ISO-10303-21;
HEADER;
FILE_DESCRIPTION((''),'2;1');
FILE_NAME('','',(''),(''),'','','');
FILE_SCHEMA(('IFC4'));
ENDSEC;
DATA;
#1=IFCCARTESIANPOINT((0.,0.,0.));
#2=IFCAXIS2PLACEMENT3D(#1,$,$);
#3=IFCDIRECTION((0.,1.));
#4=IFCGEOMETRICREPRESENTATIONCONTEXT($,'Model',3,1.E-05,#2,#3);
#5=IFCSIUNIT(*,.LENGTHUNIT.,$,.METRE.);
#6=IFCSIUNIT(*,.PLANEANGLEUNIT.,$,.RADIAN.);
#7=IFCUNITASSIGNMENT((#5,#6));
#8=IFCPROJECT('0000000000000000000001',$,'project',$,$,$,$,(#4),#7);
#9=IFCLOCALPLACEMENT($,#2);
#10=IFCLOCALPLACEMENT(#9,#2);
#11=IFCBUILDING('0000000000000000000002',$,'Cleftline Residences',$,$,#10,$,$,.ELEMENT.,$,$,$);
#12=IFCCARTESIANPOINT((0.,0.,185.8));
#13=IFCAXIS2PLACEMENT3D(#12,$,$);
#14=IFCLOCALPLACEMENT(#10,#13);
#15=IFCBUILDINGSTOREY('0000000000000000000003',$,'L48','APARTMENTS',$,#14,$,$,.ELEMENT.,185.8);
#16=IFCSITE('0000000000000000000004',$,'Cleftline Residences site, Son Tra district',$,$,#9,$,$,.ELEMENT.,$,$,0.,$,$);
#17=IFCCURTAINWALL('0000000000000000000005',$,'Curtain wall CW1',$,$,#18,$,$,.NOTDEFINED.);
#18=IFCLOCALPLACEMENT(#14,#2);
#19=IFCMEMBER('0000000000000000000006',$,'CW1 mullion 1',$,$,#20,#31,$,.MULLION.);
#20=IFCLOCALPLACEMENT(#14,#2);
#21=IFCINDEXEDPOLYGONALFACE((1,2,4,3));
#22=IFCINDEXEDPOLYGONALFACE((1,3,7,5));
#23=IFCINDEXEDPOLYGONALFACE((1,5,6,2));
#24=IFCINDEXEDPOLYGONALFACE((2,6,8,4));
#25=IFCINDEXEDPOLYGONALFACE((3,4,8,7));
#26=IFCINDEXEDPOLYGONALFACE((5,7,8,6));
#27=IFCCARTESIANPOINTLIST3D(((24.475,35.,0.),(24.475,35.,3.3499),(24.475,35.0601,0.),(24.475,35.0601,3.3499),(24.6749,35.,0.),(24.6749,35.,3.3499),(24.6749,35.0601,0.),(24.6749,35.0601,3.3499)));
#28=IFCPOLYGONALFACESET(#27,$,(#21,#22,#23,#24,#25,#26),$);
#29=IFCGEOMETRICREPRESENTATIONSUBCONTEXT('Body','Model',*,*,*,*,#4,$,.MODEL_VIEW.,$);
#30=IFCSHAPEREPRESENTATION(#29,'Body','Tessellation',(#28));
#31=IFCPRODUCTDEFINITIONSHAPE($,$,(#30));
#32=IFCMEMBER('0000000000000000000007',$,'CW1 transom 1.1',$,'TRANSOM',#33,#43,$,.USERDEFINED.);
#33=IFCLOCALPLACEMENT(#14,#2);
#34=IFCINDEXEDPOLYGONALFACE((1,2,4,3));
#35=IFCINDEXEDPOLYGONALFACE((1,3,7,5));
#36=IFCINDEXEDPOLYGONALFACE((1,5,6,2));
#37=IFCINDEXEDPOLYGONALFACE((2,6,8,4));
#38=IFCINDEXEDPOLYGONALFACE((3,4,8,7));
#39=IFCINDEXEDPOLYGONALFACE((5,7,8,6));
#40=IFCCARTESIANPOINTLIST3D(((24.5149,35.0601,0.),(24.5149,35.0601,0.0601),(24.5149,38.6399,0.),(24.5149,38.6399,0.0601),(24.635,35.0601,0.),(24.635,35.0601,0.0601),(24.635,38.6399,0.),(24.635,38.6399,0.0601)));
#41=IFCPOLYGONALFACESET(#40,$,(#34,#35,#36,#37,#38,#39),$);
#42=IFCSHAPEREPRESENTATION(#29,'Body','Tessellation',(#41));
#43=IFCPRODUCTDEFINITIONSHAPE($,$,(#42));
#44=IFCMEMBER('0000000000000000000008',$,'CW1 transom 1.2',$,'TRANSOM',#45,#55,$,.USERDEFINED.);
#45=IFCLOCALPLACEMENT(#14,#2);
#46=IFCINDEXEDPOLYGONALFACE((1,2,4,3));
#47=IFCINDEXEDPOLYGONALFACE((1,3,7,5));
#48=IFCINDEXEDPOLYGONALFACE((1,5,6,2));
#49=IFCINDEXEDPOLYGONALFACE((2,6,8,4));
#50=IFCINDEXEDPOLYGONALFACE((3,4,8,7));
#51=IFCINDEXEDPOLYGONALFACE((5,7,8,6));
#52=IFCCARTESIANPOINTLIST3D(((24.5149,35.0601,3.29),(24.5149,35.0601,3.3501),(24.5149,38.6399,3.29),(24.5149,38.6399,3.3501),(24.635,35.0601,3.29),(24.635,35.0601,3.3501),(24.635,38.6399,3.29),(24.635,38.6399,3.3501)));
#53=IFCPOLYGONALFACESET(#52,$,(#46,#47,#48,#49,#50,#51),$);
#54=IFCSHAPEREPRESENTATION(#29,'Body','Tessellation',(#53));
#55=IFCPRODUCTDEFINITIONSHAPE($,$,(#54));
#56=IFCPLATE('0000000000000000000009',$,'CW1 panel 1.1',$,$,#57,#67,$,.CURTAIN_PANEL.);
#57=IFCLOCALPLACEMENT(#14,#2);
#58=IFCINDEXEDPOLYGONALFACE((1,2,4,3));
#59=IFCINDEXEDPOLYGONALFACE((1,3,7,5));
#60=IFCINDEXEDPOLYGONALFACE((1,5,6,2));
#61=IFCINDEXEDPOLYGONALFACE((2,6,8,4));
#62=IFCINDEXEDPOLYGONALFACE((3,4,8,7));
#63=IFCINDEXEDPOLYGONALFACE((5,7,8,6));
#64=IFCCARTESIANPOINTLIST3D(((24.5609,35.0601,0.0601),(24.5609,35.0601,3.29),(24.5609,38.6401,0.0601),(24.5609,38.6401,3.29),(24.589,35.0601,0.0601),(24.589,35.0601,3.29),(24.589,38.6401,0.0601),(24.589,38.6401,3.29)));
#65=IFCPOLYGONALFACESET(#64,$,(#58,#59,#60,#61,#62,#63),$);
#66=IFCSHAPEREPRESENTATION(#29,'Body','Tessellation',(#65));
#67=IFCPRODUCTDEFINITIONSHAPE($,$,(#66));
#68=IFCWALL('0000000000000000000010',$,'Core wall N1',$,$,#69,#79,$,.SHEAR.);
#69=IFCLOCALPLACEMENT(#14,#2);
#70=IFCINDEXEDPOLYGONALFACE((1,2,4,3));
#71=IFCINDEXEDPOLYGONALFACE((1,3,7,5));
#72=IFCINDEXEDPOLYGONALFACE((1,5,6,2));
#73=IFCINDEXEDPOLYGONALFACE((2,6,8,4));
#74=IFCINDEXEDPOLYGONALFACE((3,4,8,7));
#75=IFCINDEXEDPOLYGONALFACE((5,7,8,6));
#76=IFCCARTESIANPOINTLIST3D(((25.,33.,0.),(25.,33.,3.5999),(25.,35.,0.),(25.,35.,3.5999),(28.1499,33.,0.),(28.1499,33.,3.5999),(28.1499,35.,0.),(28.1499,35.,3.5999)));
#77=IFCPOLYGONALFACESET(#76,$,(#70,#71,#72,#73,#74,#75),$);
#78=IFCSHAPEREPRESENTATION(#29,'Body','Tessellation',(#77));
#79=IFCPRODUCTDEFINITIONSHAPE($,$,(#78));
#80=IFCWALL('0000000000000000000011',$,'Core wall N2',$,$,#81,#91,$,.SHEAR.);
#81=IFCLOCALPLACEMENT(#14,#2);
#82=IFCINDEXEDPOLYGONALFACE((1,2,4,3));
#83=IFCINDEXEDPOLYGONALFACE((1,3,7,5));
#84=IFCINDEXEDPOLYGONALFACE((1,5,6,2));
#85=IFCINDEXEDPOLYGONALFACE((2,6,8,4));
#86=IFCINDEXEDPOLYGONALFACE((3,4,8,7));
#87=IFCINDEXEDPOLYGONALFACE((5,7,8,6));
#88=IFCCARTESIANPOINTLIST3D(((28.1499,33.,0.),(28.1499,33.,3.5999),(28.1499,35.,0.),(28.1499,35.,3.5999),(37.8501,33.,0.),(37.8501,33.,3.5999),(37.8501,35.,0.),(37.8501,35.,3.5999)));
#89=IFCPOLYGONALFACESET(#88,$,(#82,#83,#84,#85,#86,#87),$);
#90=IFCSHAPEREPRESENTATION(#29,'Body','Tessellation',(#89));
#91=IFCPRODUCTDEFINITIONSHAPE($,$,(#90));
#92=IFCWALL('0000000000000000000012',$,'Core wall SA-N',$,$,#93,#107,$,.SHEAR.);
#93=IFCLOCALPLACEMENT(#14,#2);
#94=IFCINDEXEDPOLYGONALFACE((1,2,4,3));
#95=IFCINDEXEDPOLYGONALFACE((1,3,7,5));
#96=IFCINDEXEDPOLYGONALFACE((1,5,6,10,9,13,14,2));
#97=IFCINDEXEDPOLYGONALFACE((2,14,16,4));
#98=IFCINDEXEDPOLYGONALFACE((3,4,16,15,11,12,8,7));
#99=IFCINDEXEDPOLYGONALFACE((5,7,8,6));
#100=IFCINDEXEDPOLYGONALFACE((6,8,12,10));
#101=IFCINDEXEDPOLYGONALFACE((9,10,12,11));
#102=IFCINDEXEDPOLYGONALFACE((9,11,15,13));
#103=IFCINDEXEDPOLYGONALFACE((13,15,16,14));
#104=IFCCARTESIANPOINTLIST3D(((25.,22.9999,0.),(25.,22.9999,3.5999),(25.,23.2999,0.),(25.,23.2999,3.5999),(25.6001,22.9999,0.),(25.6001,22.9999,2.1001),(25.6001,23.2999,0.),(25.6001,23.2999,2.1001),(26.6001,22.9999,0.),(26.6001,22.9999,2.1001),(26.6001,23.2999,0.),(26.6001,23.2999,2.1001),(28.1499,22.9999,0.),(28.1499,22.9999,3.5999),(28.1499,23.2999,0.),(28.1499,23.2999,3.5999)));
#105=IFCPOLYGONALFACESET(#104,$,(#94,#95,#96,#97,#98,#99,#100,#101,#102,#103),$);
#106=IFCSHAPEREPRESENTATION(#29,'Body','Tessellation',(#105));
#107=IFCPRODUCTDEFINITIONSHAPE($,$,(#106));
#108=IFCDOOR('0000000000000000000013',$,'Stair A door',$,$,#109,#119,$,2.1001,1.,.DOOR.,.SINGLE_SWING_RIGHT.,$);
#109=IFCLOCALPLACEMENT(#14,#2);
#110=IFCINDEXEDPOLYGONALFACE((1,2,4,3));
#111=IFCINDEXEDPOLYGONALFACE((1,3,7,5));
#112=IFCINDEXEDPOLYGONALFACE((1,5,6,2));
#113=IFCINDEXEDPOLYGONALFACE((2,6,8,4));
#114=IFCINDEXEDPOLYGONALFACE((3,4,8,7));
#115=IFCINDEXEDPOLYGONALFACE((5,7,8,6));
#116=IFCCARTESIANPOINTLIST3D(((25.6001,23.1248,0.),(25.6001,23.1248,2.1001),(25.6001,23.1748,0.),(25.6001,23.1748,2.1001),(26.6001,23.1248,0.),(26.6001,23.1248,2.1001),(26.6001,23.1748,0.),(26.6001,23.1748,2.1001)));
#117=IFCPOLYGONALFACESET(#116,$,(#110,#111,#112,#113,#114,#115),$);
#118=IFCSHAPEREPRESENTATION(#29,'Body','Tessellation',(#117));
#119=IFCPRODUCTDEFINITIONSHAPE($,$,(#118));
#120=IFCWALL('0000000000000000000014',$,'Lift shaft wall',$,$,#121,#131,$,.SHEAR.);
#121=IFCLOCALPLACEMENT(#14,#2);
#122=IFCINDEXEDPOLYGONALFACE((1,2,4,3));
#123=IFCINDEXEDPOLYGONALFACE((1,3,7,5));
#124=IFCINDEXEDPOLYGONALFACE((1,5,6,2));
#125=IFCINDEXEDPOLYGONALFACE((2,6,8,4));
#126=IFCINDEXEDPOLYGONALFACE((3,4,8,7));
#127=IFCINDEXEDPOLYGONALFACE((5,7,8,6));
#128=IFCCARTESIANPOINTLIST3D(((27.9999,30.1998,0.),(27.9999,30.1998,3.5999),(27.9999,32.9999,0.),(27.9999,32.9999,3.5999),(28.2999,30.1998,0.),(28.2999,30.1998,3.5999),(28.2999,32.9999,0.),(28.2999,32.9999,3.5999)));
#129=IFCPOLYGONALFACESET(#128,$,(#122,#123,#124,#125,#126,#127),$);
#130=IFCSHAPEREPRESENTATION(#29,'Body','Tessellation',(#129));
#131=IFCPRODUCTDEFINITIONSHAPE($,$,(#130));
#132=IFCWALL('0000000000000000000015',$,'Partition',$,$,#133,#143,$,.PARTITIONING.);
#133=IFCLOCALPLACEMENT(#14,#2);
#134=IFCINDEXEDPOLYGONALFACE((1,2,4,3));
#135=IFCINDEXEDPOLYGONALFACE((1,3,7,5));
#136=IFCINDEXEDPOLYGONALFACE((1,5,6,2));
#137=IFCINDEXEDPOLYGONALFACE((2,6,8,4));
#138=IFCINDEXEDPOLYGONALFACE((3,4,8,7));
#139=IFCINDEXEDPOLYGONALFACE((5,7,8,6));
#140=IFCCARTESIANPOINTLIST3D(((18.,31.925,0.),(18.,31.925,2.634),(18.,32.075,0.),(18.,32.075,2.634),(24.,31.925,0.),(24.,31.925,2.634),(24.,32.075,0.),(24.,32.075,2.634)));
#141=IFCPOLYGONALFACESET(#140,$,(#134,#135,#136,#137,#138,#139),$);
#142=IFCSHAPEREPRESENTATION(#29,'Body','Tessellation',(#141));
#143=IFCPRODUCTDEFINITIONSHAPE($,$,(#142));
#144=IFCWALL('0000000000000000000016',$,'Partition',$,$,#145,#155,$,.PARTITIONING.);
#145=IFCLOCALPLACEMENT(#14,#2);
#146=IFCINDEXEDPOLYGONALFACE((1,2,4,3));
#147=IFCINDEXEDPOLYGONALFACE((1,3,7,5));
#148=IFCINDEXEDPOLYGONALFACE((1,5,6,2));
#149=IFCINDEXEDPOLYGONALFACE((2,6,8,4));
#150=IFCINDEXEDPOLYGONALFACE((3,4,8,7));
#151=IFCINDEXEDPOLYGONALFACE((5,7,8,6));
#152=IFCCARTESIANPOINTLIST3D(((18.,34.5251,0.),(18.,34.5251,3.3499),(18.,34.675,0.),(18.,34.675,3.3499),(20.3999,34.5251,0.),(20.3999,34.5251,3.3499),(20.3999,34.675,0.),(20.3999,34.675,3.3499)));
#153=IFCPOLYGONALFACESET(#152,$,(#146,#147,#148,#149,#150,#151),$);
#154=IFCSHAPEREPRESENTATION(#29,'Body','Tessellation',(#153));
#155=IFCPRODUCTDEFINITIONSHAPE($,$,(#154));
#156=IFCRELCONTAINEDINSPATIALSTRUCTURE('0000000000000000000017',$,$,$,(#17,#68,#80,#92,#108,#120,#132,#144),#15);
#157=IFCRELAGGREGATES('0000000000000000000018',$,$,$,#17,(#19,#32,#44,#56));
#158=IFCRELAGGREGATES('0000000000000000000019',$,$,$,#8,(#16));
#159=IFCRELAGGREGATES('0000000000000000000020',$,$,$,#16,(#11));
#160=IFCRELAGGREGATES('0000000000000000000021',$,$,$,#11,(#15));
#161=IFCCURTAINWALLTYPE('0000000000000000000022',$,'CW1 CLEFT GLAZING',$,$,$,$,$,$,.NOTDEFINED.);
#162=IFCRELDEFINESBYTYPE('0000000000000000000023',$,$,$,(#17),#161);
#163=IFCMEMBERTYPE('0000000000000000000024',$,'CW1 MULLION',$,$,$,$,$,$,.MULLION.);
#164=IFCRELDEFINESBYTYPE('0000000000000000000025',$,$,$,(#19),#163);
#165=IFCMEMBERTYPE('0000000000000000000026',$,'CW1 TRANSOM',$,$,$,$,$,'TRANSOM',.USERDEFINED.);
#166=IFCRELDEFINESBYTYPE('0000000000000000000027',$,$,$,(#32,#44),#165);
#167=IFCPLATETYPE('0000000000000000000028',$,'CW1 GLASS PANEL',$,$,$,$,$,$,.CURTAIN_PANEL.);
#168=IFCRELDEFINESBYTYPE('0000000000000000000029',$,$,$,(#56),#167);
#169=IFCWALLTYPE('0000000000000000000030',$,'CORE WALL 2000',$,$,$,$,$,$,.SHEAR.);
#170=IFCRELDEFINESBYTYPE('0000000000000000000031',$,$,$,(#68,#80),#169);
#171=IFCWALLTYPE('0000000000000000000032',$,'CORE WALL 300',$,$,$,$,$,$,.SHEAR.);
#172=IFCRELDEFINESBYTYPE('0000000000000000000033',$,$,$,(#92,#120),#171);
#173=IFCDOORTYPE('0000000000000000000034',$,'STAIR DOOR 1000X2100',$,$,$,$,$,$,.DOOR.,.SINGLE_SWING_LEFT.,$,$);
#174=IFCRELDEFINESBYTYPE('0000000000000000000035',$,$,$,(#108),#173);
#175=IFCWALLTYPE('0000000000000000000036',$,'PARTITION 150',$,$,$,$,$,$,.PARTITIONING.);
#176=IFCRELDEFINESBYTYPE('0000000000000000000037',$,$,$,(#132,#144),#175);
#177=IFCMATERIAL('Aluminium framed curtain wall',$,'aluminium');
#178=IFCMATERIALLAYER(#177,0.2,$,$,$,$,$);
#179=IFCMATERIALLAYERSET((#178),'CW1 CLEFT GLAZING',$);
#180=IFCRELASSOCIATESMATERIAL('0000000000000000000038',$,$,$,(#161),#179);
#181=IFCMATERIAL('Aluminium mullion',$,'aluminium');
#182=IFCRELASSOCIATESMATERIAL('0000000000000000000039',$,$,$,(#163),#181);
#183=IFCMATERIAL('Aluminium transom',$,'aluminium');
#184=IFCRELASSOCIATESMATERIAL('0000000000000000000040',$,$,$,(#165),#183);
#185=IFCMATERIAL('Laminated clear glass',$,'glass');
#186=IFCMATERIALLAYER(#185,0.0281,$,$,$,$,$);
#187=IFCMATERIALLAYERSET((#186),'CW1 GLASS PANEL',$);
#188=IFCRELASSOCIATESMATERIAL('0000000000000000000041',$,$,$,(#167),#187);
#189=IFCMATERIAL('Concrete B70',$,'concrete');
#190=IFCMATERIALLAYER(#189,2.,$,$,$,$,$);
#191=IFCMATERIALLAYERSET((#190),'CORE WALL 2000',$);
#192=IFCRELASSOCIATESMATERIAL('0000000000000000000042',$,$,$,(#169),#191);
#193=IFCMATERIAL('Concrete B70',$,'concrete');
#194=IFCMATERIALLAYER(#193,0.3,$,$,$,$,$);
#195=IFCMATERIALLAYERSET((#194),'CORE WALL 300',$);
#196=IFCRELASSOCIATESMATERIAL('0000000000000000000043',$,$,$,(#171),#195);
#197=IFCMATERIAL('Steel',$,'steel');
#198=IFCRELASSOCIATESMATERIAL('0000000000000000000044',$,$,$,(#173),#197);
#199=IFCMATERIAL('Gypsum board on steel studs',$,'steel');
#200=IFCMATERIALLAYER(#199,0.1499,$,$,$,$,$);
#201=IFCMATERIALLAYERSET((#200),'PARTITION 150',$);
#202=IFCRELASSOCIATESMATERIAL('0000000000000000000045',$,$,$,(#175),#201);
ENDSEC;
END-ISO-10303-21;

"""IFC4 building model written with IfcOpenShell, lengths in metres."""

from ifc_helpers import new_model, si_unit, direction, frame, frame_2d, origin, origin_2d, place, context, subcontext, project, spatial, rectangle, extrude, material, layer, layer_set, material_profile, profile_set, type_object, element, fill, aggregate, save


model = new_model("IFC4")

# Units and contexts
model_context = context("Model", 3, precision=1e-05, world=origin(), true_north=direction((0.0, 1.0)))
body_context = subcontext(model_context, "Body", "Model", "MODEL_VIEW")
ifc_project = project(units=[si_unit("LENGTHUNIT", "METRE"), si_unit("PLANEANGLEUNIT", "RADIAN")], contexts=[model_context])

# Site, building, storey
site_placement = place(None, origin())
site = spatial("IfcSite", under=ifc_project, at=site_placement, Name="Cleftline Residences site, Son Tra district", CompositionType="ELEMENT", RefElevation=0.0)
building_placement = place(site_placement, origin())
building = spatial("IfcBuilding", under=site, at=building_placement, Name="Cleftline Residences", CompositionType="ELEMENT")
storey_placement = place(building_placement, frame((0.0, 0.0, 185.8)))
storey = spatial("IfcBuildingStorey", under=building, at=storey_placement, Name="L48", Description="APARTMENTS", CompositionType="ELEMENT", Elevation=185.8)

# Curtain wall, members, plate
ifc_material_1 = material(Name="Aluminium framed curtain wall", Category="aluminium")
ifc_layer_1 = layer(ifc_material_1, 0.2)
ifc_layer_set_1 = layer_set([ifc_layer_1], Name="CW1 CLEFT GLAZING")
curtain_wall_type = type_object("IfcCurtainWallType", Name="CW1 CLEFT GLAZING", PredefinedType="NOTDEFINED", material=ifc_layer_set_1)
curtain_wall_placement = place(storey_placement, origin())
curtain_wall = element("IfcCurtainWall", 1, at=curtain_wall_placement, inside=storey, type_object=curtain_wall_type, Name="Curtain wall CW1", PredefinedType="NOTDEFINED")
ifc_material_2 = material(Name="Aluminium mullion", Category="aluminium")
ifc_material_profile_1 = material_profile(ifc_material_2, rectangle(XDim=0.2, YDim=0.0601, at=origin_2d()))
ifc_profile_set_1 = profile_set([ifc_material_profile_1], Name="Aluminium mullion")
member_type_1 = type_object("IfcMemberType", Name="CW1 MULLION", PredefinedType="MULLION", material=ifc_profile_set_1)
member_1_placement = place(storey_placement, frame((24.575, 35.03, 0.0), z_axis=(0.0, 0.0, 1.0), x_axis=(-1.0, 0.0, 0.0)))
member_1 = element("IfcMember", 2, at=member_1_placement, type_object=member_type_1, Name="CW1 mullion 1", PredefinedType="MULLION", context=body_context, shape_type="SweptSolid", body=[
    extrude(rectangle(XDim=0.2, YDim=0.0601, at=origin_2d()), origin(), (0.0, 0.0, 1.0), 3.3499),
])
ifc_material_3 = material(Name="Aluminium transom", Category="aluminium")
ifc_material_profile_2 = material_profile(ifc_material_3, rectangle(XDim=0.1201, YDim=0.0601, at=origin_2d()))
ifc_profile_set_2 = profile_set([ifc_material_profile_2], Name="Aluminium transom")
member_type_2 = type_object("IfcMemberType", Name="CW1 TRANSOM", ElementType="TRANSOM", PredefinedType="USERDEFINED", material=ifc_profile_set_2)
member_2_placement = place(storey_placement, frame((24.575, 35.0601, 0.03), z_axis=(0.0, 1.0, 0.0), x_axis=(-1.0, 0.0, 0.0)))
member_2 = element("IfcMember", 3, at=member_2_placement, type_object=member_type_2, Name="CW1 transom 1.1", ObjectType="TRANSOM", PredefinedType="USERDEFINED", context=body_context, shape_type="SweptSolid", body=[
    extrude(rectangle(XDim=0.1201, YDim=0.0601, at=origin_2d()), origin(), (0.0, 0.0, 1.0), 3.5798),
])
member_3_placement = place(storey_placement, frame((24.575, 35.0601, 3.3201), z_axis=(0.0, 1.0, 0.0), x_axis=(-1.0, 0.0, 0.0)))
member_3 = element("IfcMember", 4, at=member_3_placement, type_object=member_type_2, Name="CW1 transom 1.2", ObjectType="TRANSOM", PredefinedType="USERDEFINED", context=body_context, shape_type="SweptSolid", body=[
    extrude(rectangle(XDim=0.1201, YDim=0.0601, at=origin_2d()), origin(), (0.0, 0.0, 1.0), 3.5798),
])
ifc_material_4 = material(Name="Laminated clear glass", Category="glass")
ifc_layer_2 = layer(ifc_material_4, 0.0281)
ifc_layer_set_2 = layer_set([ifc_layer_2], Name="CW1 GLASS PANEL")
plate_type = type_object("IfcPlateType", Name="CW1 GLASS PANEL", PredefinedType="CURTAIN_PANEL", material=ifc_layer_set_2)
plate_placement = place(storey_placement, frame((24.575, 36.8501, 0.0601), z_axis=(0.0, 0.0, 1.0), x_axis=(0.0, 1.0, 0.0)))
plate = element("IfcPlate", 5, at=plate_placement, type_object=plate_type, Name="CW1 panel 1.1", PredefinedType="CURTAIN_PANEL", context=body_context, shape_type="SweptSolid", body=[
    extrude(rectangle(XDim=3.5801, YDim=0.0281, at=origin_2d()), origin(), (0.0, 0.0, 1.0), 3.23),
])
aggregate(curtain_wall, [member_1, member_2, member_3, plate])

# Walls
ifc_material_5 = material(Name="Concrete B70", Category="concrete")
ifc_layer_3 = layer(ifc_material_5, 2.0)
ifc_layer_set_3 = layer_set([ifc_layer_3], Name="CORE WALL 2000")
wall_type_1 = type_object("IfcWallType", Name="CORE WALL 2000", PredefinedType="SHEAR", material=ifc_layer_set_3)
wall_1_placement = place(storey_placement, frame((25.0, 34.0, 0.0), z_axis=(0.0, 0.0, 1.0), x_axis=(1.0, 0.0, 0.0)))
element("IfcWall", 6, at=wall_1_placement, inside=storey, type_object=wall_type_1, Name="Core wall N1", PredefinedType="SHEAR", context=body_context, shape_type="SweptSolid", body=[
    extrude(rectangle(XDim=3.1499, YDim=2.0, at=frame_2d((1.575, 0.0))), origin(), (0.0, 0.0, 1.0), 3.5999),
])
wall_2_placement = place(storey_placement, frame((28.1499, 34.0, 0.0), z_axis=(0.0, 0.0, 1.0), x_axis=(1.0, 0.0, 0.0)))
element("IfcWall", 7, at=wall_2_placement, inside=storey, type_object=wall_type_1, Name="Core wall N2", PredefinedType="SHEAR", context=body_context, shape_type="SweptSolid", body=[
    extrude(rectangle(XDim=9.7002, YDim=2.0, at=frame_2d((4.8501, 0.0))), origin(), (0.0, 0.0, 1.0), 3.5999),
])

# Wall, opening, door
ifc_material_6 = material(Name="Concrete B70", Category="concrete")
ifc_layer_4 = layer(ifc_material_6, 0.3)
ifc_layer_set_4 = layer_set([ifc_layer_4], Name="CORE WALL 300")
wall_type_2 = type_object("IfcWallType", Name="CORE WALL 300", PredefinedType="SHEAR", material=ifc_layer_set_4)
wall_3_placement = place(storey_placement, frame((25.0, 23.1499, 0.0), z_axis=(0.0, 0.0, 1.0), x_axis=(1.0, 0.0, 0.0)))
wall_3 = element("IfcWall", 8, at=wall_3_placement, inside=storey, type_object=wall_type_2, Name="Core wall SA-N", PredefinedType="SHEAR", context=body_context, shape_type="SweptSolid", body=[
    extrude(rectangle(XDim=3.1499, YDim=0.3, at=frame_2d((1.575, 0.0))), origin(), (0.0, 0.0, 1.0), 3.5999),
])
opening_1_placement = place(wall_3_placement, frame((0.6001, 0.0, 0.0)))
opening_1 = element("IfcOpeningElement", 9, at=opening_1_placement, cuts=wall_3, PredefinedType="OPENING", context=body_context, shape_type="SweptSolid", body=[
    extrude(rectangle(XDim=1.0, YDim=2.1001, at=frame_2d((0.5, 1.05))), frame((0.0, 0.1599, 0.0), z_axis=(0.0, -1.0, 0.0), x_axis=(1.0, 0.0, 0.0)), (0.0, 0.0, 1.0), 0.3201),
])
ifc_material_7 = material(Name="Steel", Category="steel")
door_type_1 = type_object("IfcDoorType", Name="STAIR DOOR 1000X2100", OperationType="SINGLE_SWING_LEFT", PredefinedType="DOOR", material=ifc_material_7)
door_1_placement = place(opening_1_placement, origin())
door_1 = element("IfcDoor", 10, at=door_1_placement, inside=storey, type_object=door_type_1, Name="Stair A door", OperationType="SINGLE_SWING_RIGHT", OverallHeight=2.1001, OverallWidth=1.0, PredefinedType="DOOR", context=body_context, shape_type="SweptSolid", body=[
    extrude(rectangle(XDim=1.0, YDim=2.1001, at=frame_2d((0.5, 1.05))), frame((0.0, 0.0249, 0.0), z_axis=(0.0, -1.0, 0.0), x_axis=(1.0, 0.0, 0.0)), (0.0, 0.0, 1.0), 0.05),
])
fill(opening_1, door_1)

# Walls
wall_4_placement = place(storey_placement, frame((28.1499, 30.2, 0.0), z_axis=(0.0, 0.0, 1.0), x_axis=(0.0, 1.0, 0.0)))
element("IfcWall", 11, at=wall_4_placement, inside=storey, type_object=wall_type_2, Name="Lift shaft wall", PredefinedType="SHEAR", context=body_context, shape_type="SweptSolid", body=[
    extrude(rectangle(XDim=2.8, YDim=0.3, at=frame_2d((1.3999, 0.0))), origin(), (0.0, 0.0, 1.0), 3.5999),
])
ifc_material_8 = material(Name="Gypsum board on steel studs", Category="steel")
ifc_layer_5 = layer(ifc_material_8, 0.1499)
ifc_layer_set_5 = layer_set([ifc_layer_5], Name="PARTITION 150")
wall_type_3 = type_object("IfcWallType", Name="PARTITION 150", PredefinedType="PARTITIONING", material=ifc_layer_set_5)
wall_5_placement = place(storey_placement, frame((18.0, 32.0, 0.0), z_axis=(0.0, 0.0, 1.0), x_axis=(1.0, 0.0, 0.0)))
element("IfcWall", 12, at=wall_5_placement, inside=storey, type_object=wall_type_3, Name="Partition", PredefinedType="PARTITIONING", context=body_context, shape_type="SweptSolid", body=[
    extrude(rectangle(XDim=6.0, YDim=0.1499, at=frame_2d((3.0, 0.0))), origin(), (0.0, 0.0, 1.0), 2.634),
])
wall_6_placement = place(storey_placement, frame((18.0, 34.6001, 0.0), z_axis=(0.0, 0.0, 1.0), x_axis=(1.0, 0.0, 0.0)))
element("IfcWall", 13, at=wall_6_placement, inside=storey, type_object=wall_type_3, Name="Partition", PredefinedType="PARTITIONING", context=body_context, shape_type="SweptSolid", body=[
    extrude(rectangle(XDim=2.3999, YDim=0.1499, at=frame_2d((1.2, 0.0))), origin(), (0.0, 0.0, 1.0), 3.3499),
])

save(model, "model.ifc")
